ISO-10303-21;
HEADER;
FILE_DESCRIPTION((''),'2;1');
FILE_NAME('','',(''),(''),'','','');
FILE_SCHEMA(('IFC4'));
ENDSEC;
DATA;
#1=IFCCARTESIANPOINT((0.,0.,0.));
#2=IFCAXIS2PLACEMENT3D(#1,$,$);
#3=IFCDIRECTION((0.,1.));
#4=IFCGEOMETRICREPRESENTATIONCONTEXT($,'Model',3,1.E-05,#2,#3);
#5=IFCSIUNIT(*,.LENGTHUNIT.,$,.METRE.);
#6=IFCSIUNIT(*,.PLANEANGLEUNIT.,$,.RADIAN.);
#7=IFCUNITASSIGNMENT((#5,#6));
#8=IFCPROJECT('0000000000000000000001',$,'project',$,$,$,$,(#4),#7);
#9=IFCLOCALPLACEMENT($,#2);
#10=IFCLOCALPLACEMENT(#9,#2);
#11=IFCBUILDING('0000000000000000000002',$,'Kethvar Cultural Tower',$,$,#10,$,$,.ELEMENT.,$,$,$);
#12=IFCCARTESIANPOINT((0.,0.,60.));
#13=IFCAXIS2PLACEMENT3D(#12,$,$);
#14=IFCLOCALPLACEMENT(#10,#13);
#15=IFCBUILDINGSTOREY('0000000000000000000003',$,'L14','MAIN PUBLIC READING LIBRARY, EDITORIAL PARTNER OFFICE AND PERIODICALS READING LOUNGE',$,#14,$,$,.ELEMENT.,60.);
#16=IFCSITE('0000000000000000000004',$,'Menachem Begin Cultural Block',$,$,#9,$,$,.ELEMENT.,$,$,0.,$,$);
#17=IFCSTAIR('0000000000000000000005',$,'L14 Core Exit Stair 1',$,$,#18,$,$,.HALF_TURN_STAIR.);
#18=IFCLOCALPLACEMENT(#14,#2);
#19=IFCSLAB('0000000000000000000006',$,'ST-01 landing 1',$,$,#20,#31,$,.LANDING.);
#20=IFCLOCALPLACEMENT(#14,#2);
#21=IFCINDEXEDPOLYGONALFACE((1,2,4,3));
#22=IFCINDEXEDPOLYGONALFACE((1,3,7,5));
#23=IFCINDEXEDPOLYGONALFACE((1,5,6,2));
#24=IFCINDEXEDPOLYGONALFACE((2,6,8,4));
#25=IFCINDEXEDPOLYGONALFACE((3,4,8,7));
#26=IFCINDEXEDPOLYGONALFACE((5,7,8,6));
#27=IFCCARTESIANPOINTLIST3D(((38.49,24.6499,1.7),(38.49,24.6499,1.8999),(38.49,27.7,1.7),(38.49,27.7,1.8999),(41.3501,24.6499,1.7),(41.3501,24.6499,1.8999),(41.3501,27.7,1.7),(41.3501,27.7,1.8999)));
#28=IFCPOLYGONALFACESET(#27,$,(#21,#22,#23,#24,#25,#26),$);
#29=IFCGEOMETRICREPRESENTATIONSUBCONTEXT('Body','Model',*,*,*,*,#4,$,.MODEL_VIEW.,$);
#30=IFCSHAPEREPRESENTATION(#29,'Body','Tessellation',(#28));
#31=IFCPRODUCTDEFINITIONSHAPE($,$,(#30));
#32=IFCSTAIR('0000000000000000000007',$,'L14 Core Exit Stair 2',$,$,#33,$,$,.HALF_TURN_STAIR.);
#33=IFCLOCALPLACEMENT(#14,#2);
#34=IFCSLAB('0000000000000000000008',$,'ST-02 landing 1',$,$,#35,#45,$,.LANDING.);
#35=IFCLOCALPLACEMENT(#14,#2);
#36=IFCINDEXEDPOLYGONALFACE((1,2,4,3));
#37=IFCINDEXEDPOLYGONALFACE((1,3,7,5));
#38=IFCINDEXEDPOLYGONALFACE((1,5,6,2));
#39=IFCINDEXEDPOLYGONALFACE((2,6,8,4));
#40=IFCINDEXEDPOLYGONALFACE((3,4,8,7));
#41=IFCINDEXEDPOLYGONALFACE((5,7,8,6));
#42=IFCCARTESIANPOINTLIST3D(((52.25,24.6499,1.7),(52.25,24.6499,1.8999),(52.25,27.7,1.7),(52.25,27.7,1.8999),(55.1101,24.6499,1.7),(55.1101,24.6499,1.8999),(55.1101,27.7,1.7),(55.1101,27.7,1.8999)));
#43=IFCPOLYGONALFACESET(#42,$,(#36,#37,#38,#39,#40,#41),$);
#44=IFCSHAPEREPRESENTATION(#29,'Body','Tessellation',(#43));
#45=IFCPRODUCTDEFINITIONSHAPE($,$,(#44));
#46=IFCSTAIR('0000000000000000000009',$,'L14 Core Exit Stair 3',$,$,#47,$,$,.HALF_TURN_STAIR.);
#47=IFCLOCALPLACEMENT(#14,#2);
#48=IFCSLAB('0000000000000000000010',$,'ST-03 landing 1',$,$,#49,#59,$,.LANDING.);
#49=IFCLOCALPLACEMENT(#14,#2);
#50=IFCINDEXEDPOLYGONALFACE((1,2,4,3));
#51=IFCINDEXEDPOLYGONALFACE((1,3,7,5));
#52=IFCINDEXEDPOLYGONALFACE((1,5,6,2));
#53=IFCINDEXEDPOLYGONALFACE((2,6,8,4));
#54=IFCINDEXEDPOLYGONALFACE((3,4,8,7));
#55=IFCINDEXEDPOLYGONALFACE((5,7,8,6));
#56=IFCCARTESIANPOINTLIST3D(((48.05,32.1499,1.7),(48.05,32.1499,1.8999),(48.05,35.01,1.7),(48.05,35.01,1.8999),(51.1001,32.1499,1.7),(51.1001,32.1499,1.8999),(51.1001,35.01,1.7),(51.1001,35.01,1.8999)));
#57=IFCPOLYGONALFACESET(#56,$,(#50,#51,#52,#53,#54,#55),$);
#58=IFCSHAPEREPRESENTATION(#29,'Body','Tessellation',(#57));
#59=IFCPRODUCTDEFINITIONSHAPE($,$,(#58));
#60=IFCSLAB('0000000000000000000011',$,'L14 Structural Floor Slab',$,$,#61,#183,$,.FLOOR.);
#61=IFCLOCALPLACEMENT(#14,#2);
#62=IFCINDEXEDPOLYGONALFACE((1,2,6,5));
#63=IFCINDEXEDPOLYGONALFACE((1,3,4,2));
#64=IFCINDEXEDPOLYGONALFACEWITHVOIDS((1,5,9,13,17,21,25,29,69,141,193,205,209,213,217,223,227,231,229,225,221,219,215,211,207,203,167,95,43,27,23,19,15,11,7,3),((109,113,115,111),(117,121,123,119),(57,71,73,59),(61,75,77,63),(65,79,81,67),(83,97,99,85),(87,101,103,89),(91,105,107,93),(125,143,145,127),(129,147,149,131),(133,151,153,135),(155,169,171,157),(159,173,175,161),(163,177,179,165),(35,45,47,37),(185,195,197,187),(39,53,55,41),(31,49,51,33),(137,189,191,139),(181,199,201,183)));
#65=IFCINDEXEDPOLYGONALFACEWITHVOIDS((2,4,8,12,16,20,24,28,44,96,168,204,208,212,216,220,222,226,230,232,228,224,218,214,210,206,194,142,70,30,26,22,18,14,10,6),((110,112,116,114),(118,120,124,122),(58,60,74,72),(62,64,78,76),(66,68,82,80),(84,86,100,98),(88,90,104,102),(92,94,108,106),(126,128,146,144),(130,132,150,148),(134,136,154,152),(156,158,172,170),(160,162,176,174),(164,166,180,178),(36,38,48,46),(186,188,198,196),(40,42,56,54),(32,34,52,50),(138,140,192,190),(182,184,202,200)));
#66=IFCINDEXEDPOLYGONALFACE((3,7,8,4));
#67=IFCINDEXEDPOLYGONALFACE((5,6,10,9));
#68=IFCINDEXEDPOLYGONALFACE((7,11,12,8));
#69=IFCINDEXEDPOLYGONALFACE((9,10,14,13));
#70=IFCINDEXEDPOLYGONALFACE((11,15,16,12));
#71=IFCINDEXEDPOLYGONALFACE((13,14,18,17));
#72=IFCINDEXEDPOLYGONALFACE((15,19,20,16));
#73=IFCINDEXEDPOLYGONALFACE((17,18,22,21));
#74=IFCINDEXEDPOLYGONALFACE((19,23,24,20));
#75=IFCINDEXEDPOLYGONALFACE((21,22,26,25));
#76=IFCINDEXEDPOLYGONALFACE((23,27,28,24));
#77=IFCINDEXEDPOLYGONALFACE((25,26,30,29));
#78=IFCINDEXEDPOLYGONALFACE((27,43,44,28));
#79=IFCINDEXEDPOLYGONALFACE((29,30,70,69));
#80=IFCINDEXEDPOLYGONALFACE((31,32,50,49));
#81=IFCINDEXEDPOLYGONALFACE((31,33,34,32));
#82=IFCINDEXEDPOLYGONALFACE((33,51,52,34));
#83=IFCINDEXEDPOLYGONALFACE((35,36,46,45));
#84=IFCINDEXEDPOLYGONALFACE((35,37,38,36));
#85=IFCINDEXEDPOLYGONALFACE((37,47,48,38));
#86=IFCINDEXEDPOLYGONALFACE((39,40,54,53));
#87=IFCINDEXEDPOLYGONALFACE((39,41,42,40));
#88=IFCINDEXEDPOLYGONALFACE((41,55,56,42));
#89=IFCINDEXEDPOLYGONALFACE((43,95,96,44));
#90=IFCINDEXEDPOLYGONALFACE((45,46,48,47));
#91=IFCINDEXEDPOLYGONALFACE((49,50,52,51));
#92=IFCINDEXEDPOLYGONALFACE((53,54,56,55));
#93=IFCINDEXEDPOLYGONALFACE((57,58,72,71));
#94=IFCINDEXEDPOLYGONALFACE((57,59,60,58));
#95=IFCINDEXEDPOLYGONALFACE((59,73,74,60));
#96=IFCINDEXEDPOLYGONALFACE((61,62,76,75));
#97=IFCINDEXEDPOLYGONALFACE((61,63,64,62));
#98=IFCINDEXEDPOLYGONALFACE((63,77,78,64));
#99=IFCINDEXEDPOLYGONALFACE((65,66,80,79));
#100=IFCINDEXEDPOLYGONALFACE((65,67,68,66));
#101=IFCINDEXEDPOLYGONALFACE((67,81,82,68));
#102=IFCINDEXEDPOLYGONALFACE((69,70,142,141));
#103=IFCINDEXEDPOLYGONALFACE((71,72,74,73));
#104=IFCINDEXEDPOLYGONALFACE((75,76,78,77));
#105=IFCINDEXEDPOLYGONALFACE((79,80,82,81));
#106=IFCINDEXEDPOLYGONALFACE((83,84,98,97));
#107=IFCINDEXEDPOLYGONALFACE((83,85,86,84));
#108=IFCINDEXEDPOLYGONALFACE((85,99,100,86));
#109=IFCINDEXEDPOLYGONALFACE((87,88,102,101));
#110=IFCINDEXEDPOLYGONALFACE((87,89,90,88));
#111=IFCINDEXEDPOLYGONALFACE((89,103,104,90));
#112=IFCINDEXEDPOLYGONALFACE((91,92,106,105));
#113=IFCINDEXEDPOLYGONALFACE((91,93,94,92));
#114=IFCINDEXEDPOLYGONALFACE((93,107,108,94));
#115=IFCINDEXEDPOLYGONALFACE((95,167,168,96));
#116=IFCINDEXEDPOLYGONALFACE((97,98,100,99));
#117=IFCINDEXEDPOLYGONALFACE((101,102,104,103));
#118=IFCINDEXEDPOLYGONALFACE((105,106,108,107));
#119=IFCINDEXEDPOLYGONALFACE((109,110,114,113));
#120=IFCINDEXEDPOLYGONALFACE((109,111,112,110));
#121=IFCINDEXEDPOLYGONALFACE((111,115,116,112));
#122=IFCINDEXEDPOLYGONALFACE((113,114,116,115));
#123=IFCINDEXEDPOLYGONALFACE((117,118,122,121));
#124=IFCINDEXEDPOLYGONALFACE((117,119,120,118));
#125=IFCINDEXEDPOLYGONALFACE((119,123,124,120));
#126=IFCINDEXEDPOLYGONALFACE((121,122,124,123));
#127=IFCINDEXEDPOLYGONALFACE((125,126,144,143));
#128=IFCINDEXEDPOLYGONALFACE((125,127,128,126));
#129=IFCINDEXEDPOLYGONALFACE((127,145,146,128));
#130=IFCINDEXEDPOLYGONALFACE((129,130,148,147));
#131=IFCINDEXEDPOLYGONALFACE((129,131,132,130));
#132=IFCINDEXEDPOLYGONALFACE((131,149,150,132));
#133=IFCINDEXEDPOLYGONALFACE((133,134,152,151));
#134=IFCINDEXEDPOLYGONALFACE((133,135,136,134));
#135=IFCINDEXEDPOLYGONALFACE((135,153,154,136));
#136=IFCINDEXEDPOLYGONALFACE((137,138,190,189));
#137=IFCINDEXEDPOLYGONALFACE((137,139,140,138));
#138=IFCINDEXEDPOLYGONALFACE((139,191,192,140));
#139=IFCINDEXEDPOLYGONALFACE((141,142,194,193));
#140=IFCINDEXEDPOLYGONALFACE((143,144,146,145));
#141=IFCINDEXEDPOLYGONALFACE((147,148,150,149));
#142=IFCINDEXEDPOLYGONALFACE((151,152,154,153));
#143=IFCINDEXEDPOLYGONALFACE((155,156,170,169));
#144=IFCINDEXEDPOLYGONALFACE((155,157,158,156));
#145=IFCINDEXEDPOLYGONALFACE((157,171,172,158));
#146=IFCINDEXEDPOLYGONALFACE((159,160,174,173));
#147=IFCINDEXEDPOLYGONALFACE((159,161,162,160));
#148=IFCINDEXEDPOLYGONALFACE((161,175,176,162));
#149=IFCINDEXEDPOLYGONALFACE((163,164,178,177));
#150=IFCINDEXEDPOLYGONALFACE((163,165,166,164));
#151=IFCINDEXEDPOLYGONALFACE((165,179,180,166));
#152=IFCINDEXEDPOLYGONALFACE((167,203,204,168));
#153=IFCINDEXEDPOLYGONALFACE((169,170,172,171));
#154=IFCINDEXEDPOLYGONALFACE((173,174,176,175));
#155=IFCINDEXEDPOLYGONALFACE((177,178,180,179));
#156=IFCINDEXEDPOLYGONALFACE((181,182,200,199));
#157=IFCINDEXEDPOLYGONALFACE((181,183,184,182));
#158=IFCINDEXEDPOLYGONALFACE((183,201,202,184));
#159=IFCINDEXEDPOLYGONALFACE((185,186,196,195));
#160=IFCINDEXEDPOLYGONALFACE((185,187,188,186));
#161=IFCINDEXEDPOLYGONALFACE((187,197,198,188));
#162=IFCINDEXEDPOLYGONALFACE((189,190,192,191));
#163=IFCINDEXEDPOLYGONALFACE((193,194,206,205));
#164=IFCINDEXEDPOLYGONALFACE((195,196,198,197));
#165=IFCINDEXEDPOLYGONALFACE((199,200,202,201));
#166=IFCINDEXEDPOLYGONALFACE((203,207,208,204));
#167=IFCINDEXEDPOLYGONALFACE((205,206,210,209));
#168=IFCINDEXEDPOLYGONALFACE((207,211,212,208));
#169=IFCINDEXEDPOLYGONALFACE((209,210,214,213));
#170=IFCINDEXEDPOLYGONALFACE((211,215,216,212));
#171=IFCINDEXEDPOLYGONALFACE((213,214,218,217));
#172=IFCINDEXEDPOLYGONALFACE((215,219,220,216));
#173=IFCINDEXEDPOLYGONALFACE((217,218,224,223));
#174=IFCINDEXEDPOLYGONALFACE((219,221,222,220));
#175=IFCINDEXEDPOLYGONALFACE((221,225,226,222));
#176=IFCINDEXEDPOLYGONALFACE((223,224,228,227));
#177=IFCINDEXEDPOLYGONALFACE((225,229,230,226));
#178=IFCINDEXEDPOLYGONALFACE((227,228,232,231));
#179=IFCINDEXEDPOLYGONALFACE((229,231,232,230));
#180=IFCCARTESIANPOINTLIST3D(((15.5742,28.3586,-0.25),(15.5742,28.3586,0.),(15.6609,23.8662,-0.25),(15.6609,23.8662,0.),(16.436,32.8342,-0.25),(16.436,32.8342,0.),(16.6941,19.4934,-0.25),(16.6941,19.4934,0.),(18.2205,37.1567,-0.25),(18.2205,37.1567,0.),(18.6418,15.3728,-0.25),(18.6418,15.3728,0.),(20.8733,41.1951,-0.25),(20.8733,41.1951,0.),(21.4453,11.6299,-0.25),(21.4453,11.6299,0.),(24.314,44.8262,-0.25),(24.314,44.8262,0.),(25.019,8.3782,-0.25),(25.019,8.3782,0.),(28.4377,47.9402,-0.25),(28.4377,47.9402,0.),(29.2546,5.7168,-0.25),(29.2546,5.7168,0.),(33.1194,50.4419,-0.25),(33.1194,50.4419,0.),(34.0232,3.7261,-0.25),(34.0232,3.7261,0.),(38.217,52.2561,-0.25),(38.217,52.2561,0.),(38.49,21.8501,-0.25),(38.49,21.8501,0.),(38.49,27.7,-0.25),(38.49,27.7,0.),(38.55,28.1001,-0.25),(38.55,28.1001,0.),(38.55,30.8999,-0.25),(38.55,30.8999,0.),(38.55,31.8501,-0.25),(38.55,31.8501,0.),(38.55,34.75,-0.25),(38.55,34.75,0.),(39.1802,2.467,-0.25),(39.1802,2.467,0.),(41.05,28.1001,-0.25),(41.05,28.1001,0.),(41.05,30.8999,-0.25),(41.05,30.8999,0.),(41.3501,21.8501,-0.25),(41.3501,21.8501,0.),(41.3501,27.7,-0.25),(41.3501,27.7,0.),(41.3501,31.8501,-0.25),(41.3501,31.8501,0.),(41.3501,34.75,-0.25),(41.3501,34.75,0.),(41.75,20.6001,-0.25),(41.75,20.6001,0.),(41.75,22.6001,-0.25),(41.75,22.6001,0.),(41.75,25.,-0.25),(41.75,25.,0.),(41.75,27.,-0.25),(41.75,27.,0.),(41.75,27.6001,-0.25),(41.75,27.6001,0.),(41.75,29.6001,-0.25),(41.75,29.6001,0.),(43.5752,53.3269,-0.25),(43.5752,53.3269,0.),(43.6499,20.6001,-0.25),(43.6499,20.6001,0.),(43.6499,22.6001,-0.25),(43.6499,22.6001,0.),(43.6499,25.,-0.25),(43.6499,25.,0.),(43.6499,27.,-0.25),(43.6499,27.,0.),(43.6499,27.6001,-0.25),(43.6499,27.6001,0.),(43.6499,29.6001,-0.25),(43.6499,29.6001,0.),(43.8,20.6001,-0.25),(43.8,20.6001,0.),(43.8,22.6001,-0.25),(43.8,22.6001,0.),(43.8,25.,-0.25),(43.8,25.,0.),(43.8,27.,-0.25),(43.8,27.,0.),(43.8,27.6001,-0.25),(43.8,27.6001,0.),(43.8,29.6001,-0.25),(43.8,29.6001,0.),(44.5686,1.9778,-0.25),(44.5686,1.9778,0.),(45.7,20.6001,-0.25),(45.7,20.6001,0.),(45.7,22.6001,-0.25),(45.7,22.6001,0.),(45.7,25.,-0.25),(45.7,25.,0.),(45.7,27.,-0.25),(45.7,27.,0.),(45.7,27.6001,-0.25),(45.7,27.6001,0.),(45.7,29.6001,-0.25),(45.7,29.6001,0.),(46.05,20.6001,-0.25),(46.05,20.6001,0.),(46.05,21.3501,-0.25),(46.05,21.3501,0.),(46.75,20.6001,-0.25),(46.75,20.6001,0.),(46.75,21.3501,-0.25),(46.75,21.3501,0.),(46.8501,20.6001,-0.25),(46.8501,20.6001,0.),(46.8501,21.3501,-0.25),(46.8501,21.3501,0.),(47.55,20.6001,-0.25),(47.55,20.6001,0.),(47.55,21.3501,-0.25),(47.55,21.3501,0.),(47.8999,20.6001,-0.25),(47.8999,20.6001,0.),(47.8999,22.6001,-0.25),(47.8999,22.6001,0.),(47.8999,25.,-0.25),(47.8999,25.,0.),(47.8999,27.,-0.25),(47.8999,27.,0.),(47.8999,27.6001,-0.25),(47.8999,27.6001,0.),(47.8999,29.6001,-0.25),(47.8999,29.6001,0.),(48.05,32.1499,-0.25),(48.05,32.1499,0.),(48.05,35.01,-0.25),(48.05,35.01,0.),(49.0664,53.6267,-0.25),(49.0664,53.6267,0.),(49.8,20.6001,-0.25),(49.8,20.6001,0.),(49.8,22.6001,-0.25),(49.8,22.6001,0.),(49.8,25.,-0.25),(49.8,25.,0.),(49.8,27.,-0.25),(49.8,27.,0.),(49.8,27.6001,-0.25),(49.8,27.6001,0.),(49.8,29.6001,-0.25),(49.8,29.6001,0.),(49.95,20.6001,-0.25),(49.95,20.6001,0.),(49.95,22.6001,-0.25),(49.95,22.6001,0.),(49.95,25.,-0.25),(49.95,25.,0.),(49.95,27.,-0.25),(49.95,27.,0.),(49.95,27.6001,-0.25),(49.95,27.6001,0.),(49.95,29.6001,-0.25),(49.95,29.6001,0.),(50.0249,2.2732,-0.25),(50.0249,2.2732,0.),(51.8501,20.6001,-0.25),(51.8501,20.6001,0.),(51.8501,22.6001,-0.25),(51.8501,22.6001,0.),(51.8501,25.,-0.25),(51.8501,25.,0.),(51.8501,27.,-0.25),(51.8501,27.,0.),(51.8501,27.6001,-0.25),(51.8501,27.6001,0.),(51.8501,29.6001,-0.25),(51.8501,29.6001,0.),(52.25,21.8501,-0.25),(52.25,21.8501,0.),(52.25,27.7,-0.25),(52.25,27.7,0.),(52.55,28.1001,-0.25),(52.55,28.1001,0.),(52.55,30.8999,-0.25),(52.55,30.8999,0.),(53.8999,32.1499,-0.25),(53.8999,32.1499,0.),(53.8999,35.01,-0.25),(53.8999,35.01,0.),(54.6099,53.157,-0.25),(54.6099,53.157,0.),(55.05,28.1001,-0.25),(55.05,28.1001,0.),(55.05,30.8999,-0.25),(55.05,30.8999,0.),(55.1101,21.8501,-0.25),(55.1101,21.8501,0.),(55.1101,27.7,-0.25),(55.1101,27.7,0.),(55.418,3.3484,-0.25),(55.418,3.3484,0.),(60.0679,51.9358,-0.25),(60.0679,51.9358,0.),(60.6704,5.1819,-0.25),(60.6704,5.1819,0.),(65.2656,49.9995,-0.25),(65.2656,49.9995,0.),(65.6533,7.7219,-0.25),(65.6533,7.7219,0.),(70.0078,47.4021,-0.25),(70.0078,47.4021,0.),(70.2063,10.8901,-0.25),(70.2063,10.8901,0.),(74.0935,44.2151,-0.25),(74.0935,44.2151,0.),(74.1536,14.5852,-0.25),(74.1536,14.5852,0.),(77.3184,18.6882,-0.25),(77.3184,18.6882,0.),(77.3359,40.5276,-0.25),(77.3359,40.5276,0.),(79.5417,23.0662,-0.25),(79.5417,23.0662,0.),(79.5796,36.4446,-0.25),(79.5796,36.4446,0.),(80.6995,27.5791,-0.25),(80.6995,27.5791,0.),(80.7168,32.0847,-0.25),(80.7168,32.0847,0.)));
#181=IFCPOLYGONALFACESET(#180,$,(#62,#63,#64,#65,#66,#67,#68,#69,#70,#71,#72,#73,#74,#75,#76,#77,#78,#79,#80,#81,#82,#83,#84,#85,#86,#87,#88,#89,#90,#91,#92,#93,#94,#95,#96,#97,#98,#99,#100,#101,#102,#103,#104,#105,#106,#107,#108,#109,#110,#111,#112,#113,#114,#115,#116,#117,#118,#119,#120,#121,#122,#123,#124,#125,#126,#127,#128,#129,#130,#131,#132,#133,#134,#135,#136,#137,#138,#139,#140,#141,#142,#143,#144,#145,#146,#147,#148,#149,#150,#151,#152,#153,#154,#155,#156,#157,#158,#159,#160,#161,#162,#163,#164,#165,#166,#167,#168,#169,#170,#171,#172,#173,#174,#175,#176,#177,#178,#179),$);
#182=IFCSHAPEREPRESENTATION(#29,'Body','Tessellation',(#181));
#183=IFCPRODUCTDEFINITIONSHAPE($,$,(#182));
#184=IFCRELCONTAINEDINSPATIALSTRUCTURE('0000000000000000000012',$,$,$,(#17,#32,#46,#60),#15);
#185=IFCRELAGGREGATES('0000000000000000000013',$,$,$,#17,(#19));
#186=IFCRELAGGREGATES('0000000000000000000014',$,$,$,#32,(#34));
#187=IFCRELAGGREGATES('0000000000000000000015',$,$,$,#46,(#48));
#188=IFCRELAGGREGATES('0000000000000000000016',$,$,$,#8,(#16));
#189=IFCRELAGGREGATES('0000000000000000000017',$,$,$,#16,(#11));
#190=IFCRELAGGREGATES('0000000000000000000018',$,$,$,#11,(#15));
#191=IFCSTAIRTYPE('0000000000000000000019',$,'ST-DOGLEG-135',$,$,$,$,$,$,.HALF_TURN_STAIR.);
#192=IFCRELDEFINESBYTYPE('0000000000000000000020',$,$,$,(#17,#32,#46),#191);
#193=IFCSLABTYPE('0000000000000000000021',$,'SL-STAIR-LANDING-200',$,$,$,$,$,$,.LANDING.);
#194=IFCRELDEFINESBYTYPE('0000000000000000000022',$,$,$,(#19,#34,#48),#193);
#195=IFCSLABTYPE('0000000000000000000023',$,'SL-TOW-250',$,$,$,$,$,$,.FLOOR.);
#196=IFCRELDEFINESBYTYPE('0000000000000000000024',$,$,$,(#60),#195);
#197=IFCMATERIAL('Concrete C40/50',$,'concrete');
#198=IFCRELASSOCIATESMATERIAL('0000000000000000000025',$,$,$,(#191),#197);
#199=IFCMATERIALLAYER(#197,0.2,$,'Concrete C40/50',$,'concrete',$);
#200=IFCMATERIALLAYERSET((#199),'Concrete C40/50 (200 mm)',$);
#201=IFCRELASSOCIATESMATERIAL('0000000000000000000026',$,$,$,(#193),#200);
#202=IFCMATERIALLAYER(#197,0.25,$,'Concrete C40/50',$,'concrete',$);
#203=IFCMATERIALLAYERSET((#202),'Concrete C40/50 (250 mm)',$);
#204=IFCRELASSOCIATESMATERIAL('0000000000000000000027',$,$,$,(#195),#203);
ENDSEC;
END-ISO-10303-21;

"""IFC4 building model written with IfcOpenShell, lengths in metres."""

from ifc_helpers import new_model, si_unit, direction, frame, origin, place, context, subcontext, project, spatial, polyline, outline, extrude, material, layer, layer_set, type_object, element, aggregate, save


model = new_model("IFC4")

# Units and contexts
model_context = context("Model", 3, precision=1e-05, world=origin(), true_north=direction((0.0, 1.0)))
body_context = subcontext(model_context, "Body", "Model", "MODEL_VIEW")
ifc_project = project(units=[si_unit("LENGTHUNIT", "METRE"), si_unit("PLANEANGLEUNIT", "RADIAN")], contexts=[model_context])

# Site, building, storey
site_placement = place(None, origin())
site = spatial("IfcSite", under=ifc_project, at=site_placement, Name="Menachem Begin Cultural Block", CompositionType="ELEMENT", RefElevation=0.0)
building_placement = place(site_placement, origin())
building = spatial("IfcBuilding", under=site, at=building_placement, Name="Kethvar Cultural Tower", CompositionType="ELEMENT")
storey_placement = place(building_placement, frame((0.0, 0.0, 60.0)))
storey = spatial("IfcBuildingStorey", under=building, at=storey_placement, Name="L14", Description="MAIN PUBLIC READING LIBRARY, EDITORIAL PARTNER OFFICE AND PERIODICALS READING LOUNGE", CompositionType="ELEMENT", Elevation=60.0)

# Stairs, slabs
ifc_material_1 = material(Name="Concrete C40/50", Category="concrete")
stair_type = type_object("IfcStairType", Name="ST-DOGLEG-135", PredefinedType="HALF_TURN_STAIR", material=ifc_material_1)
stair_1_placement = place(storey_placement, origin())
stair_1 = element("IfcStair", 1, at=stair_1_placement, inside=storey, type_object=stair_type, Name="L14 Core Exit Stair 1", PredefinedType="HALF_TURN_STAIR")
ifc_layer_1 = layer(ifc_material_1, 0.2, Name="Concrete C40/50", Category="concrete")
ifc_layer_set_1 = layer_set([ifc_layer_1], Name="Concrete C40/50 (200 mm)")
slab_type_1 = type_object("IfcSlabType", Name="SL-STAIR-LANDING-200", PredefinedType="LANDING", material=ifc_layer_set_1)
slab_1_placement = place(storey_placement, frame((0.0, 0.0, 1.7)))
slab_1 = element("IfcSlab", 2, at=slab_1_placement, type_object=slab_type_1, Name="ST-01 landing 1", PredefinedType="LANDING", context=body_context, shape_type="SweptSolid", body=[
    extrude(outline(polyline([(41.3501, 24.6499), (41.3501, 27.7), (38.49, 27.7), (38.49, 24.6499), (41.3501, 24.6499)])), origin(), (0.0, 0.0, 1.0), 0.2),
])
aggregate(stair_1, [slab_1])
stair_2_placement = place(storey_placement, origin())
stair_2 = element("IfcStair", 3, at=stair_2_placement, inside=storey, type_object=stair_type, Name="L14 Core Exit Stair 2", PredefinedType="HALF_TURN_STAIR")
slab_2_placement = place(storey_placement, frame((0.0, 0.0, 1.7)))
slab_2 = element("IfcSlab", 4, at=slab_2_placement, type_object=slab_type_1, Name="ST-02 landing 1", PredefinedType="LANDING", context=body_context, shape_type="SweptSolid", body=[
    extrude(outline(polyline([(55.1101, 24.6499), (55.1101, 27.7), (52.25, 27.7), (52.25, 24.6499), (55.1101, 24.6499)])), origin(), (0.0, 0.0, 1.0), 0.2),
])
aggregate(stair_2, [slab_2])
stair_3_placement = place(storey_placement, origin())
stair_3 = element("IfcStair", 5, at=stair_3_placement, inside=storey, type_object=stair_type, Name="L14 Core Exit Stair 3", PredefinedType="HALF_TURN_STAIR")
slab_3_placement = place(storey_placement, frame((0.0, 0.0, 1.7)))
slab_3 = element("IfcSlab", 6, at=slab_3_placement, type_object=slab_type_1, Name="ST-03 landing 1", PredefinedType="LANDING", context=body_context, shape_type="SweptSolid", body=[
    extrude(outline(polyline([(51.1001, 35.01), (48.05, 35.01), (48.05, 32.1499), (51.1001, 32.1499), (51.1001, 35.01)])), origin(), (0.0, 0.0, 1.0), 0.2),
])
aggregate(stair_3, [slab_3])

# Slab
ifc_layer_2 = layer(ifc_material_1, 0.25, Name="Concrete C40/50", Category="concrete")
ifc_layer_set_2 = layer_set([ifc_layer_2], Name="Concrete C40/50 (250 mm)")
slab_type_2 = type_object("IfcSlabType", Name="SL-TOW-250", PredefinedType="FLOOR", material=ifc_layer_set_2)
slab_4_placement = place(storey_placement, frame((0.0, 0.0, -0.25)))
element("IfcSlab", 7, at=slab_4_placement, inside=storey, type_object=slab_type_2, Name="L14 Structural Floor Slab", PredefinedType="FLOOR", context=body_context, shape_type="SweptSolid", body=[
    extrude(outline(polyline([(80.7168, 32.0847), (79.5796, 36.4446), (77.3359, 40.5276), (74.0935, 44.2151), (70.0078, 47.4021), (65.2656, 49.9995), (60.0679, 51.9358), (54.6099, 53.157), (49.0664, 53.6267), (43.5752, 53.3269), (38.217, 52.2561), (33.1194, 50.4419), (28.4377, 47.9402), (24.314, 44.8262), (20.8733, 41.1951), (18.2205, 37.1567), (16.436, 32.8342), (15.5742, 28.3586), (15.6609, 23.8662), (16.6941, 19.4934), (18.6418, 15.3728), (21.4453, 11.6299), (25.019, 8.3782), (29.2546, 5.7168), (34.0232, 3.7261), (39.1802, 2.467), (44.5686, 1.9778), (50.0249, 2.2732), (55.418, 3.3484), (60.6704, 5.1819), (65.6533, 7.7219), (70.2063, 10.8901), (74.1536, 14.5852), (77.3184, 18.6882), (79.5417, 23.0662), (80.6995, 27.5791), (80.7168, 32.0847)]), holes=[polyline([(38.49, 21.8501), (38.49, 27.7), (41.3501, 27.7), (41.3501, 21.8501), (38.49, 21.8501)]), polyline([(52.25, 21.8501), (52.25, 27.7), (55.1101, 27.7), (55.1101, 21.8501), (52.25, 21.8501)]), polyline([(53.8999, 32.1499), (48.05, 32.1499), (48.05, 35.01), (53.8999, 35.01), (53.8999, 32.1499)]), polyline([(41.75, 22.6001), (43.6499, 22.6001), (43.6499, 20.6001), (41.75, 20.6001), (41.75, 22.6001)]), polyline([(43.8, 22.6001), (45.7, 22.6001), (45.7, 20.6001), (43.8, 20.6001), (43.8, 22.6001)]), polyline([(47.8999, 22.6001), (49.8, 22.6001), (49.8, 20.6001), (47.8999, 20.6001), (47.8999, 22.6001)]), polyline([(49.95, 22.6001), (51.8501, 22.6001), (51.8501, 20.6001), (49.95, 20.6001), (49.95, 22.6001)]), polyline([(41.75, 27.0), (43.6499, 27.0), (43.6499, 25.0), (41.75, 25.0), (41.75, 27.0)]), polyline([(43.8, 27.0), (45.7, 27.0), (45.7, 25.0), (43.8, 25.0), (43.8, 27.0)]), polyline([(47.8999, 27.0), (49.8, 27.0), (49.8, 25.0), (47.8999, 25.0), (47.8999, 27.0)]), polyline([(49.95, 27.0), (51.8501, 27.0), (51.8501, 25.0), (49.95, 25.0), (49.95, 27.0)]), polyline([(41.75, 29.6001), (43.6499, 29.6001), (43.6499, 27.6001), (41.75, 27.6001), (41.75, 29.6001)]), polyline([(43.8, 29.6001), (45.7, 29.6001), (45.7, 27.6001), (43.8, 27.6001), (43.8, 29.6001)]), polyline([(47.8999, 29.6001), (49.8, 29.6001), (49.8, 27.6001), (47.8999, 27.6001), (47.8999, 29.6001)]), polyline([(49.95, 29.6001), (51.8501, 29.6001), (51.8501, 27.6001), (49.95, 27.6001), (49.95, 29.6001)]), polyline([(38.55, 30.8999), (41.05, 30.8999), (41.05, 28.1001), (38.55, 28.1001), (38.55, 30.8999)]), polyline([(52.55, 30.8999), (55.05, 30.8999), (55.05, 28.1001), (52.55, 28.1001), (52.55, 30.8999)]), polyline([(38.55, 34.75), (41.3501, 34.75), (41.3501, 31.8501), (38.55, 31.8501), (38.55, 34.75)]), polyline([(46.05, 21.3501), (46.75, 21.3501), (46.75, 20.6001), (46.05, 20.6001), (46.05, 21.3501)]), polyline([(46.8501, 21.3501), (47.55, 21.3501), (47.55, 20.6001), (46.8501, 20.6001), (46.8501, 21.3501)])]), origin(), (0.0, 0.0, 1.0), 0.25),
])

save(model, "model.ifc")
